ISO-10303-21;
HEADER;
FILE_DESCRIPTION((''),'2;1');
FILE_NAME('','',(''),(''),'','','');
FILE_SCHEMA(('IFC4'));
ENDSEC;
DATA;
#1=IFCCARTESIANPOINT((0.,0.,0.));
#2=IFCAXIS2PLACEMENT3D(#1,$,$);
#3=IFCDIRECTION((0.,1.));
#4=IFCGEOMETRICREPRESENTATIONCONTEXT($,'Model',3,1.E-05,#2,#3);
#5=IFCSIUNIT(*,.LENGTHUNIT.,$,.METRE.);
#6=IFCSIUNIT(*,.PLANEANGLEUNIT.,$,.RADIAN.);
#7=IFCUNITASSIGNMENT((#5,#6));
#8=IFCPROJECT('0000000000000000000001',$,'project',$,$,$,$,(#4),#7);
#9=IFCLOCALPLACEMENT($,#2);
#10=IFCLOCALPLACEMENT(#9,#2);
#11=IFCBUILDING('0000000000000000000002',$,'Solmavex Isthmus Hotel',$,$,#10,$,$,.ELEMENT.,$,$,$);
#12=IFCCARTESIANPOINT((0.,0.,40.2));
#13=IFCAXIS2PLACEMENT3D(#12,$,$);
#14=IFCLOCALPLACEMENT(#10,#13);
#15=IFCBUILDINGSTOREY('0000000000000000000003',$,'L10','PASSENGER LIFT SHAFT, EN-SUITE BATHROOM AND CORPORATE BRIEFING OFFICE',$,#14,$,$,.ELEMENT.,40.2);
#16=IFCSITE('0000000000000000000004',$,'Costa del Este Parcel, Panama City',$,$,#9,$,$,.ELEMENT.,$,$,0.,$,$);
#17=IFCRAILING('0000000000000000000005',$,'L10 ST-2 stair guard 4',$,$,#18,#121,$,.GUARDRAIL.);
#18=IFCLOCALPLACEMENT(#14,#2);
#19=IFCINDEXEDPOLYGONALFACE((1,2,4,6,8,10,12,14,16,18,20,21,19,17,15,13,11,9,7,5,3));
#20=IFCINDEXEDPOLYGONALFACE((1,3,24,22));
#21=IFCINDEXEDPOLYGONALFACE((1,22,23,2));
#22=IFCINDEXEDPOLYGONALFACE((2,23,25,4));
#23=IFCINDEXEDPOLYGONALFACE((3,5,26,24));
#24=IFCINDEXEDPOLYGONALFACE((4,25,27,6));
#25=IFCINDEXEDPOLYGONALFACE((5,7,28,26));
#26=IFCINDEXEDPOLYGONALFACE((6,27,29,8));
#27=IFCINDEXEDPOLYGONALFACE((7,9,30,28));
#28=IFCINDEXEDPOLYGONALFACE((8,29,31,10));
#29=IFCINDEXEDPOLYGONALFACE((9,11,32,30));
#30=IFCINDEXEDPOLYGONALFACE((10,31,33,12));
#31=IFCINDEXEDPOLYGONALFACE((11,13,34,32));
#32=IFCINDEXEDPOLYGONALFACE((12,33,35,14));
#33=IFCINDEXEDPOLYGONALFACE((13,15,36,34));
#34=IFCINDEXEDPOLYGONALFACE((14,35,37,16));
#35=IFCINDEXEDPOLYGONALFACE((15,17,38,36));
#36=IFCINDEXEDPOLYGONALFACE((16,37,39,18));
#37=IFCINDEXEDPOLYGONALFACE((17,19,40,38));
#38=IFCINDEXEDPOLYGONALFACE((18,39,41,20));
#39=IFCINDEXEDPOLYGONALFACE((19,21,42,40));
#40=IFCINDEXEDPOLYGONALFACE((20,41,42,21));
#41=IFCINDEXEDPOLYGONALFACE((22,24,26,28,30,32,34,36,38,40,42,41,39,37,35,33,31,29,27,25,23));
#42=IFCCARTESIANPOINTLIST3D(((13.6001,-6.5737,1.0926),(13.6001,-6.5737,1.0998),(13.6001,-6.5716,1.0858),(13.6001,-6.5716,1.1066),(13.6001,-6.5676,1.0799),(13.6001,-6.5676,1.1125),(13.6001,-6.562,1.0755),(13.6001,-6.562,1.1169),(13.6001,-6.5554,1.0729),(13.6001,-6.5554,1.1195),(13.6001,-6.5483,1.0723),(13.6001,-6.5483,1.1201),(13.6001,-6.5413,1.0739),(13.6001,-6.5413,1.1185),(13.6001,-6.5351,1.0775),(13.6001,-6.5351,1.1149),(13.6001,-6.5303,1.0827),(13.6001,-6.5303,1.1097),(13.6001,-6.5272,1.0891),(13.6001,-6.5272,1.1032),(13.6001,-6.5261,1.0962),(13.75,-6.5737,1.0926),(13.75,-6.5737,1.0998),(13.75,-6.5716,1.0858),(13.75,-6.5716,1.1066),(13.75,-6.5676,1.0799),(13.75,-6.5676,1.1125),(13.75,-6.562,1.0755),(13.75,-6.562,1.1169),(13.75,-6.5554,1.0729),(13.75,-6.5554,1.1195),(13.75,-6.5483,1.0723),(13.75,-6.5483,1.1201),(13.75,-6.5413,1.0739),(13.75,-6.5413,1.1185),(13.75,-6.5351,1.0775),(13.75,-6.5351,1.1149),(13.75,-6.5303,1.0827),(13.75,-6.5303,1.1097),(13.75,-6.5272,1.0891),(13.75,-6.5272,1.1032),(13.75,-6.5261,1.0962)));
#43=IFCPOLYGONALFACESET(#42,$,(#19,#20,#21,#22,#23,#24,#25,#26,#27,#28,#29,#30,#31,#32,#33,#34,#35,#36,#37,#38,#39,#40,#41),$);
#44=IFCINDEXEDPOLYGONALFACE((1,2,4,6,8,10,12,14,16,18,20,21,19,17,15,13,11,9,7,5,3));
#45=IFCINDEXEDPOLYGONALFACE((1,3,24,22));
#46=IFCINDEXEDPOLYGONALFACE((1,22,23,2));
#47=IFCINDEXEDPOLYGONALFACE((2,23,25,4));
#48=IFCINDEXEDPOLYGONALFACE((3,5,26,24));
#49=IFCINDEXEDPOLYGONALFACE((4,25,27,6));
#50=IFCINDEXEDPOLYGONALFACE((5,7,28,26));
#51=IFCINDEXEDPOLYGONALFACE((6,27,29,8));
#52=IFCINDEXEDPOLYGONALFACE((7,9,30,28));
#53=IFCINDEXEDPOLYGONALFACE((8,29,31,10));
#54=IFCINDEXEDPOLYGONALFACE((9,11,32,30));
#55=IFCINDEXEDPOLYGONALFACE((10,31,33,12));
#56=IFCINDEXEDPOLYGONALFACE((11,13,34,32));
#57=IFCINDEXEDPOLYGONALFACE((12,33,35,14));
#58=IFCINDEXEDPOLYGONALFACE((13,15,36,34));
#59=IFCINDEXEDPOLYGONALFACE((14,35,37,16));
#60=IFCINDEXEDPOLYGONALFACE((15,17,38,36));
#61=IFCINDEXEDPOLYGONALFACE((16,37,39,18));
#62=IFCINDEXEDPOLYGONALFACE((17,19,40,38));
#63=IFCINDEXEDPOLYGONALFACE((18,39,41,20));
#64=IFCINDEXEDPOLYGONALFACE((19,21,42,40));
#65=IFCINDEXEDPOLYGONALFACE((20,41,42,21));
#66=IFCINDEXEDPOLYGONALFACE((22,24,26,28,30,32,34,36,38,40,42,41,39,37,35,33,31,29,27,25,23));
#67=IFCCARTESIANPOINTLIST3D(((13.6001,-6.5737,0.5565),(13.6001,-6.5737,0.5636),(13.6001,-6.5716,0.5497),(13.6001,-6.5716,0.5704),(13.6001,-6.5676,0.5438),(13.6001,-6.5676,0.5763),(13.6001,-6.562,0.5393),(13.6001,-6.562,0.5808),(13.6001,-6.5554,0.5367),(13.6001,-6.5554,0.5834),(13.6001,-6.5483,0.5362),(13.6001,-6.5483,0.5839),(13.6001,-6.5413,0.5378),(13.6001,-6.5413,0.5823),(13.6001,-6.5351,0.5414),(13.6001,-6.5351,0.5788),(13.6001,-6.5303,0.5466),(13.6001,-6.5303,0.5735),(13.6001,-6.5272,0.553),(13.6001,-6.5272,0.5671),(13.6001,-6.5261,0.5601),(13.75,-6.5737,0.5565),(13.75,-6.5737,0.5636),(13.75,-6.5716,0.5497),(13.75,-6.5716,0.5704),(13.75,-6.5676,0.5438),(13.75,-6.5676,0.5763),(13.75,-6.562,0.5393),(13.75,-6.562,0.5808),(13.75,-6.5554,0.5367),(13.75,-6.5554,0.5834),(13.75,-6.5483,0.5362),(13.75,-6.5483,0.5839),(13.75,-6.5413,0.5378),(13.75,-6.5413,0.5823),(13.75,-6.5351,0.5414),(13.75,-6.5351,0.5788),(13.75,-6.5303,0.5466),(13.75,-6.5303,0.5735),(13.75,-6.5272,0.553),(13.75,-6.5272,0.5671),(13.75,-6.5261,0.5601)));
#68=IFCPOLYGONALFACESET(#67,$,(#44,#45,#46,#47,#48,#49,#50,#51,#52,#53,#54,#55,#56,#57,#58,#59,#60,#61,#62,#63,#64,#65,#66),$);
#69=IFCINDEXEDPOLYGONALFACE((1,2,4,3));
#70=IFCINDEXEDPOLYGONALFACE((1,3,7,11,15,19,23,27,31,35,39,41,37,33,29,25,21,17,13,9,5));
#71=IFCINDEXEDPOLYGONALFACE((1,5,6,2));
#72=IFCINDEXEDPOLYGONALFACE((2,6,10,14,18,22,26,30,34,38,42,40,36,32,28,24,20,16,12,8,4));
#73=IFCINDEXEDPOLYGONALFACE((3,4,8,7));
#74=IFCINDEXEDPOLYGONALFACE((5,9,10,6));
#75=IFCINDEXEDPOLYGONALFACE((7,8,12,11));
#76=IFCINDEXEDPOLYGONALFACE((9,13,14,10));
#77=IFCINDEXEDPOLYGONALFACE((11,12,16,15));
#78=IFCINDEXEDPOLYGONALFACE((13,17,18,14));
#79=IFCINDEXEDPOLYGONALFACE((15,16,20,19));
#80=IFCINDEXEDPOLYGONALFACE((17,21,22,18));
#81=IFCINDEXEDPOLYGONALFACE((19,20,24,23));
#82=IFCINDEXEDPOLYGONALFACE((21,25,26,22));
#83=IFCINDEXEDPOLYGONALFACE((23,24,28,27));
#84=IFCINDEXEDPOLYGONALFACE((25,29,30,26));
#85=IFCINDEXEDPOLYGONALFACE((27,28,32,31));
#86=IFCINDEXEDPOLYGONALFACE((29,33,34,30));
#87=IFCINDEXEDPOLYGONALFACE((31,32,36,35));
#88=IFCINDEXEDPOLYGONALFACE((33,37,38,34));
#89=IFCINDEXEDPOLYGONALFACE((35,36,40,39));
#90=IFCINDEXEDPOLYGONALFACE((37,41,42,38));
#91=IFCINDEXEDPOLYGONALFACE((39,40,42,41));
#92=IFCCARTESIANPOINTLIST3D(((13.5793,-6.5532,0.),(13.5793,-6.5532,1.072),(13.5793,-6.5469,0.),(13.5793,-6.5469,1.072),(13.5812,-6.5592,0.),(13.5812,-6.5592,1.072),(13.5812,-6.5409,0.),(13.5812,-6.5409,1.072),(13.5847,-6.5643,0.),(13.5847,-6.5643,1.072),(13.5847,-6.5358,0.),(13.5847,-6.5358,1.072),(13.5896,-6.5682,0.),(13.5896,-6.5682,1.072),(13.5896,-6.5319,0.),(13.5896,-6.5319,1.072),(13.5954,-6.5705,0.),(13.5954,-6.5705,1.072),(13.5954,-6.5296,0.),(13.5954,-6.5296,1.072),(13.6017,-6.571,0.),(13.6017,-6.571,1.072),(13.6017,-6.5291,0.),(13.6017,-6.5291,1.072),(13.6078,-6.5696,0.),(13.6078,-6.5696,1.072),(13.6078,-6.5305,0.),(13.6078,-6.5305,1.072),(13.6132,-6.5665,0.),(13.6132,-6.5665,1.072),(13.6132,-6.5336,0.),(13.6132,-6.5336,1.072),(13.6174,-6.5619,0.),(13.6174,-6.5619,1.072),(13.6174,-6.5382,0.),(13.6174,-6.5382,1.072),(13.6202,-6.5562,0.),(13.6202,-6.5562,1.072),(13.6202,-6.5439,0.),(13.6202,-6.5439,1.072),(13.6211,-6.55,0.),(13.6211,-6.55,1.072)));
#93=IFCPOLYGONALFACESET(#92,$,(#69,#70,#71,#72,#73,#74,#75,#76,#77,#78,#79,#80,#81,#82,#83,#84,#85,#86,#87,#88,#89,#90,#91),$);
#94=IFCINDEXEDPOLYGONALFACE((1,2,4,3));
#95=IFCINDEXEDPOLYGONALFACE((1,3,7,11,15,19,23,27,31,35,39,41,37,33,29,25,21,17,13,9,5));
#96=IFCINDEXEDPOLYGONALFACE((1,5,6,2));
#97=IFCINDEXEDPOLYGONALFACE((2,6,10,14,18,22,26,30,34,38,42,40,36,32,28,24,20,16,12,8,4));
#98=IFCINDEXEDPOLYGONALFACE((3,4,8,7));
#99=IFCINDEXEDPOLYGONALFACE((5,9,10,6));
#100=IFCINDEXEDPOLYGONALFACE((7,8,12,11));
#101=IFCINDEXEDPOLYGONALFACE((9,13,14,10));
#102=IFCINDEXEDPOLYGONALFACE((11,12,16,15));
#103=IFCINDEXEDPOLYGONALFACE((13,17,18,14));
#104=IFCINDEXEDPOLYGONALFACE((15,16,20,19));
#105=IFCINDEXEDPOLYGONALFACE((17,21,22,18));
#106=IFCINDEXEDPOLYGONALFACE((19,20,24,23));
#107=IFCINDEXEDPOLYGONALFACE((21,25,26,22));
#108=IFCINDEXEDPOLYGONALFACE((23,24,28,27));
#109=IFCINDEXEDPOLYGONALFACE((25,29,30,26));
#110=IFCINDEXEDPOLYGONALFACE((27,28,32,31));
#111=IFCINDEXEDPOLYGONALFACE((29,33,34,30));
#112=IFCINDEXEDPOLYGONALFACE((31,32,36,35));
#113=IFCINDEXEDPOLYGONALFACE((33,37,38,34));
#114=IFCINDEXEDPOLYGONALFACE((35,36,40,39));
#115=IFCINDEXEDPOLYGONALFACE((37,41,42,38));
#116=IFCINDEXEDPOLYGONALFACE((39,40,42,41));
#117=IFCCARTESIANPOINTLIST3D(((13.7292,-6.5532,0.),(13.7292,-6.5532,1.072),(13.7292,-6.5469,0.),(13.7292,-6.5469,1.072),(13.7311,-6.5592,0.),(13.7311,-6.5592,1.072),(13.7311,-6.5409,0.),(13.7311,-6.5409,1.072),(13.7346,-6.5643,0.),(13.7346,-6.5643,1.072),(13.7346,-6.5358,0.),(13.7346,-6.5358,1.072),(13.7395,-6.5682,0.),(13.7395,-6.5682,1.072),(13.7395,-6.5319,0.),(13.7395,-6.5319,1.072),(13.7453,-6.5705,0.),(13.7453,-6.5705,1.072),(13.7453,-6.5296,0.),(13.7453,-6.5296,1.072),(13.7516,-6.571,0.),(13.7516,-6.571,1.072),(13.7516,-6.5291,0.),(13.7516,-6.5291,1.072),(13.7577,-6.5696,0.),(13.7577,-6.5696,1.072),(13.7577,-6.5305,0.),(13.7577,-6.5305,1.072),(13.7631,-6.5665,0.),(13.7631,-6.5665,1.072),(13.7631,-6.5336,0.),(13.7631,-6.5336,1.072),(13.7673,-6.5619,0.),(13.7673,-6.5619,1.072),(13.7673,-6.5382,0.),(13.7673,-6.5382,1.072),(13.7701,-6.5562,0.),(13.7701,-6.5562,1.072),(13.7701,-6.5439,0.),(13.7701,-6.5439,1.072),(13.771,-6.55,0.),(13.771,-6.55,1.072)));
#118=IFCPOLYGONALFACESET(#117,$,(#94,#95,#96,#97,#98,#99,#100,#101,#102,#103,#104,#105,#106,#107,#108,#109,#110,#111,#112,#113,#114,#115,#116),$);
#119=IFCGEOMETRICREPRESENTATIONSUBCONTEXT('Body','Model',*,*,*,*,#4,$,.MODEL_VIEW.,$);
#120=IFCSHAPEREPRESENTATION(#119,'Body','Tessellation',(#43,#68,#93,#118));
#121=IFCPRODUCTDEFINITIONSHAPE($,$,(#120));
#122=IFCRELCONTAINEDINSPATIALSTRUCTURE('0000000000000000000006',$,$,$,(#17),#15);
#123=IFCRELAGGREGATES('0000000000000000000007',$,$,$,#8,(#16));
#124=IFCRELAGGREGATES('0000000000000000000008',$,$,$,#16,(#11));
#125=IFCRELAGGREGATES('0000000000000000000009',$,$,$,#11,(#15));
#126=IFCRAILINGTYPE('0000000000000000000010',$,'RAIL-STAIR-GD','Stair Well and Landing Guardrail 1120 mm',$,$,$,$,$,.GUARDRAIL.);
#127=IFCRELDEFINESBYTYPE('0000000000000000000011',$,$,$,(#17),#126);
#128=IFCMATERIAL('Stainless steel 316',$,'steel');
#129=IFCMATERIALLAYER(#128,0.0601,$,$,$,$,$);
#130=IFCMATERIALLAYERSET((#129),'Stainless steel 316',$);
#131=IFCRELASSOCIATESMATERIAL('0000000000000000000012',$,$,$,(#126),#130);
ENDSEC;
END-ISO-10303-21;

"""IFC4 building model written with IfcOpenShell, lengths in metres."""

from ifc_helpers import new_model, si_unit, direction, frame, origin, origin_2d, place, context, subcontext, project, spatial, circle, extrude, material, layer, layer_set, type_object, element, save


model = new_model("IFC4")

# Units and contexts
model_context = context("Model", 3, precision=1e-05, world=origin(), true_north=direction((0.0, 1.0)))
body_context = subcontext(model_context, "Body", "Model", "MODEL_VIEW")
ifc_project = project(units=[si_unit("LENGTHUNIT", "METRE"), si_unit("PLANEANGLEUNIT", "RADIAN")], contexts=[model_context])

# Site, building, storey
site_placement = place(None, origin())
site = spatial("IfcSite", under=ifc_project, at=site_placement, Name="Costa del Este Parcel, Panama City", CompositionType="ELEMENT", RefElevation=0.0)
building_placement = place(site_placement, origin())
building = spatial("IfcBuilding", under=site, at=building_placement, Name="Solmavex Isthmus Hotel", CompositionType="ELEMENT")
storey_placement = place(building_placement, frame((0.0, 0.0, 40.2)))
storey = spatial("IfcBuildingStorey", under=building, at=storey_placement, Name="L10", Description="PASSENGER LIFT SHAFT, EN-SUITE BATHROOM AND CORPORATE BRIEFING OFFICE", CompositionType="ELEMENT", Elevation=40.2)

# Railing
ifc_material_1 = material(Name="Stainless steel 316", Category="steel")
ifc_layer_1 = layer(ifc_material_1, 0.0601)
ifc_layer_set_1 = layer_set([ifc_layer_1], Name="Stainless steel 316")
railing_type_1 = type_object("IfcRailingType", Name="RAIL-STAIR-GD", Description="Stair Well and Landing Guardrail 1120 mm", PredefinedType="GUARDRAIL", material=ifc_layer_set_1)
railing_1_placement = place(storey_placement, frame((13.6001, -6.55, 0.0)))
element("IfcRailing", 1, at=railing_1_placement, inside=storey, type_object=railing_type_1, Name="L10 ST-2 stair guard 4", PredefinedType="GUARDRAIL", context=body_context, shape_type="SweptSolid", body=[
    extrude(circle(Radius=0.0239, at=origin_2d()), frame((0.0, 0.0, 1.0962), z_axis=(1.0, 0.0, 0.0), x_axis=(0.0, 1.0, 0.0)), (0.0, 0.0, 1.0), 0.1499),
    extrude(circle(Radius=0.0239, at=origin_2d()), frame((0.0, 0.0, 0.5601), z_axis=(1.0, 0.0, 0.0), x_axis=(0.0, 1.0, 0.0)), (0.0, 0.0, 1.0), 0.1499),
    extrude(circle(Radius=0.021, at=origin_2d()), origin(), (0.0, 0.0, 1.0), 1.072),
    extrude(circle(Radius=0.021, at=origin_2d()), frame((0.1499, 0.0, 0.0)), (0.0, 0.0, 1.0), 1.072),
])

save(model, "model.ifc")
